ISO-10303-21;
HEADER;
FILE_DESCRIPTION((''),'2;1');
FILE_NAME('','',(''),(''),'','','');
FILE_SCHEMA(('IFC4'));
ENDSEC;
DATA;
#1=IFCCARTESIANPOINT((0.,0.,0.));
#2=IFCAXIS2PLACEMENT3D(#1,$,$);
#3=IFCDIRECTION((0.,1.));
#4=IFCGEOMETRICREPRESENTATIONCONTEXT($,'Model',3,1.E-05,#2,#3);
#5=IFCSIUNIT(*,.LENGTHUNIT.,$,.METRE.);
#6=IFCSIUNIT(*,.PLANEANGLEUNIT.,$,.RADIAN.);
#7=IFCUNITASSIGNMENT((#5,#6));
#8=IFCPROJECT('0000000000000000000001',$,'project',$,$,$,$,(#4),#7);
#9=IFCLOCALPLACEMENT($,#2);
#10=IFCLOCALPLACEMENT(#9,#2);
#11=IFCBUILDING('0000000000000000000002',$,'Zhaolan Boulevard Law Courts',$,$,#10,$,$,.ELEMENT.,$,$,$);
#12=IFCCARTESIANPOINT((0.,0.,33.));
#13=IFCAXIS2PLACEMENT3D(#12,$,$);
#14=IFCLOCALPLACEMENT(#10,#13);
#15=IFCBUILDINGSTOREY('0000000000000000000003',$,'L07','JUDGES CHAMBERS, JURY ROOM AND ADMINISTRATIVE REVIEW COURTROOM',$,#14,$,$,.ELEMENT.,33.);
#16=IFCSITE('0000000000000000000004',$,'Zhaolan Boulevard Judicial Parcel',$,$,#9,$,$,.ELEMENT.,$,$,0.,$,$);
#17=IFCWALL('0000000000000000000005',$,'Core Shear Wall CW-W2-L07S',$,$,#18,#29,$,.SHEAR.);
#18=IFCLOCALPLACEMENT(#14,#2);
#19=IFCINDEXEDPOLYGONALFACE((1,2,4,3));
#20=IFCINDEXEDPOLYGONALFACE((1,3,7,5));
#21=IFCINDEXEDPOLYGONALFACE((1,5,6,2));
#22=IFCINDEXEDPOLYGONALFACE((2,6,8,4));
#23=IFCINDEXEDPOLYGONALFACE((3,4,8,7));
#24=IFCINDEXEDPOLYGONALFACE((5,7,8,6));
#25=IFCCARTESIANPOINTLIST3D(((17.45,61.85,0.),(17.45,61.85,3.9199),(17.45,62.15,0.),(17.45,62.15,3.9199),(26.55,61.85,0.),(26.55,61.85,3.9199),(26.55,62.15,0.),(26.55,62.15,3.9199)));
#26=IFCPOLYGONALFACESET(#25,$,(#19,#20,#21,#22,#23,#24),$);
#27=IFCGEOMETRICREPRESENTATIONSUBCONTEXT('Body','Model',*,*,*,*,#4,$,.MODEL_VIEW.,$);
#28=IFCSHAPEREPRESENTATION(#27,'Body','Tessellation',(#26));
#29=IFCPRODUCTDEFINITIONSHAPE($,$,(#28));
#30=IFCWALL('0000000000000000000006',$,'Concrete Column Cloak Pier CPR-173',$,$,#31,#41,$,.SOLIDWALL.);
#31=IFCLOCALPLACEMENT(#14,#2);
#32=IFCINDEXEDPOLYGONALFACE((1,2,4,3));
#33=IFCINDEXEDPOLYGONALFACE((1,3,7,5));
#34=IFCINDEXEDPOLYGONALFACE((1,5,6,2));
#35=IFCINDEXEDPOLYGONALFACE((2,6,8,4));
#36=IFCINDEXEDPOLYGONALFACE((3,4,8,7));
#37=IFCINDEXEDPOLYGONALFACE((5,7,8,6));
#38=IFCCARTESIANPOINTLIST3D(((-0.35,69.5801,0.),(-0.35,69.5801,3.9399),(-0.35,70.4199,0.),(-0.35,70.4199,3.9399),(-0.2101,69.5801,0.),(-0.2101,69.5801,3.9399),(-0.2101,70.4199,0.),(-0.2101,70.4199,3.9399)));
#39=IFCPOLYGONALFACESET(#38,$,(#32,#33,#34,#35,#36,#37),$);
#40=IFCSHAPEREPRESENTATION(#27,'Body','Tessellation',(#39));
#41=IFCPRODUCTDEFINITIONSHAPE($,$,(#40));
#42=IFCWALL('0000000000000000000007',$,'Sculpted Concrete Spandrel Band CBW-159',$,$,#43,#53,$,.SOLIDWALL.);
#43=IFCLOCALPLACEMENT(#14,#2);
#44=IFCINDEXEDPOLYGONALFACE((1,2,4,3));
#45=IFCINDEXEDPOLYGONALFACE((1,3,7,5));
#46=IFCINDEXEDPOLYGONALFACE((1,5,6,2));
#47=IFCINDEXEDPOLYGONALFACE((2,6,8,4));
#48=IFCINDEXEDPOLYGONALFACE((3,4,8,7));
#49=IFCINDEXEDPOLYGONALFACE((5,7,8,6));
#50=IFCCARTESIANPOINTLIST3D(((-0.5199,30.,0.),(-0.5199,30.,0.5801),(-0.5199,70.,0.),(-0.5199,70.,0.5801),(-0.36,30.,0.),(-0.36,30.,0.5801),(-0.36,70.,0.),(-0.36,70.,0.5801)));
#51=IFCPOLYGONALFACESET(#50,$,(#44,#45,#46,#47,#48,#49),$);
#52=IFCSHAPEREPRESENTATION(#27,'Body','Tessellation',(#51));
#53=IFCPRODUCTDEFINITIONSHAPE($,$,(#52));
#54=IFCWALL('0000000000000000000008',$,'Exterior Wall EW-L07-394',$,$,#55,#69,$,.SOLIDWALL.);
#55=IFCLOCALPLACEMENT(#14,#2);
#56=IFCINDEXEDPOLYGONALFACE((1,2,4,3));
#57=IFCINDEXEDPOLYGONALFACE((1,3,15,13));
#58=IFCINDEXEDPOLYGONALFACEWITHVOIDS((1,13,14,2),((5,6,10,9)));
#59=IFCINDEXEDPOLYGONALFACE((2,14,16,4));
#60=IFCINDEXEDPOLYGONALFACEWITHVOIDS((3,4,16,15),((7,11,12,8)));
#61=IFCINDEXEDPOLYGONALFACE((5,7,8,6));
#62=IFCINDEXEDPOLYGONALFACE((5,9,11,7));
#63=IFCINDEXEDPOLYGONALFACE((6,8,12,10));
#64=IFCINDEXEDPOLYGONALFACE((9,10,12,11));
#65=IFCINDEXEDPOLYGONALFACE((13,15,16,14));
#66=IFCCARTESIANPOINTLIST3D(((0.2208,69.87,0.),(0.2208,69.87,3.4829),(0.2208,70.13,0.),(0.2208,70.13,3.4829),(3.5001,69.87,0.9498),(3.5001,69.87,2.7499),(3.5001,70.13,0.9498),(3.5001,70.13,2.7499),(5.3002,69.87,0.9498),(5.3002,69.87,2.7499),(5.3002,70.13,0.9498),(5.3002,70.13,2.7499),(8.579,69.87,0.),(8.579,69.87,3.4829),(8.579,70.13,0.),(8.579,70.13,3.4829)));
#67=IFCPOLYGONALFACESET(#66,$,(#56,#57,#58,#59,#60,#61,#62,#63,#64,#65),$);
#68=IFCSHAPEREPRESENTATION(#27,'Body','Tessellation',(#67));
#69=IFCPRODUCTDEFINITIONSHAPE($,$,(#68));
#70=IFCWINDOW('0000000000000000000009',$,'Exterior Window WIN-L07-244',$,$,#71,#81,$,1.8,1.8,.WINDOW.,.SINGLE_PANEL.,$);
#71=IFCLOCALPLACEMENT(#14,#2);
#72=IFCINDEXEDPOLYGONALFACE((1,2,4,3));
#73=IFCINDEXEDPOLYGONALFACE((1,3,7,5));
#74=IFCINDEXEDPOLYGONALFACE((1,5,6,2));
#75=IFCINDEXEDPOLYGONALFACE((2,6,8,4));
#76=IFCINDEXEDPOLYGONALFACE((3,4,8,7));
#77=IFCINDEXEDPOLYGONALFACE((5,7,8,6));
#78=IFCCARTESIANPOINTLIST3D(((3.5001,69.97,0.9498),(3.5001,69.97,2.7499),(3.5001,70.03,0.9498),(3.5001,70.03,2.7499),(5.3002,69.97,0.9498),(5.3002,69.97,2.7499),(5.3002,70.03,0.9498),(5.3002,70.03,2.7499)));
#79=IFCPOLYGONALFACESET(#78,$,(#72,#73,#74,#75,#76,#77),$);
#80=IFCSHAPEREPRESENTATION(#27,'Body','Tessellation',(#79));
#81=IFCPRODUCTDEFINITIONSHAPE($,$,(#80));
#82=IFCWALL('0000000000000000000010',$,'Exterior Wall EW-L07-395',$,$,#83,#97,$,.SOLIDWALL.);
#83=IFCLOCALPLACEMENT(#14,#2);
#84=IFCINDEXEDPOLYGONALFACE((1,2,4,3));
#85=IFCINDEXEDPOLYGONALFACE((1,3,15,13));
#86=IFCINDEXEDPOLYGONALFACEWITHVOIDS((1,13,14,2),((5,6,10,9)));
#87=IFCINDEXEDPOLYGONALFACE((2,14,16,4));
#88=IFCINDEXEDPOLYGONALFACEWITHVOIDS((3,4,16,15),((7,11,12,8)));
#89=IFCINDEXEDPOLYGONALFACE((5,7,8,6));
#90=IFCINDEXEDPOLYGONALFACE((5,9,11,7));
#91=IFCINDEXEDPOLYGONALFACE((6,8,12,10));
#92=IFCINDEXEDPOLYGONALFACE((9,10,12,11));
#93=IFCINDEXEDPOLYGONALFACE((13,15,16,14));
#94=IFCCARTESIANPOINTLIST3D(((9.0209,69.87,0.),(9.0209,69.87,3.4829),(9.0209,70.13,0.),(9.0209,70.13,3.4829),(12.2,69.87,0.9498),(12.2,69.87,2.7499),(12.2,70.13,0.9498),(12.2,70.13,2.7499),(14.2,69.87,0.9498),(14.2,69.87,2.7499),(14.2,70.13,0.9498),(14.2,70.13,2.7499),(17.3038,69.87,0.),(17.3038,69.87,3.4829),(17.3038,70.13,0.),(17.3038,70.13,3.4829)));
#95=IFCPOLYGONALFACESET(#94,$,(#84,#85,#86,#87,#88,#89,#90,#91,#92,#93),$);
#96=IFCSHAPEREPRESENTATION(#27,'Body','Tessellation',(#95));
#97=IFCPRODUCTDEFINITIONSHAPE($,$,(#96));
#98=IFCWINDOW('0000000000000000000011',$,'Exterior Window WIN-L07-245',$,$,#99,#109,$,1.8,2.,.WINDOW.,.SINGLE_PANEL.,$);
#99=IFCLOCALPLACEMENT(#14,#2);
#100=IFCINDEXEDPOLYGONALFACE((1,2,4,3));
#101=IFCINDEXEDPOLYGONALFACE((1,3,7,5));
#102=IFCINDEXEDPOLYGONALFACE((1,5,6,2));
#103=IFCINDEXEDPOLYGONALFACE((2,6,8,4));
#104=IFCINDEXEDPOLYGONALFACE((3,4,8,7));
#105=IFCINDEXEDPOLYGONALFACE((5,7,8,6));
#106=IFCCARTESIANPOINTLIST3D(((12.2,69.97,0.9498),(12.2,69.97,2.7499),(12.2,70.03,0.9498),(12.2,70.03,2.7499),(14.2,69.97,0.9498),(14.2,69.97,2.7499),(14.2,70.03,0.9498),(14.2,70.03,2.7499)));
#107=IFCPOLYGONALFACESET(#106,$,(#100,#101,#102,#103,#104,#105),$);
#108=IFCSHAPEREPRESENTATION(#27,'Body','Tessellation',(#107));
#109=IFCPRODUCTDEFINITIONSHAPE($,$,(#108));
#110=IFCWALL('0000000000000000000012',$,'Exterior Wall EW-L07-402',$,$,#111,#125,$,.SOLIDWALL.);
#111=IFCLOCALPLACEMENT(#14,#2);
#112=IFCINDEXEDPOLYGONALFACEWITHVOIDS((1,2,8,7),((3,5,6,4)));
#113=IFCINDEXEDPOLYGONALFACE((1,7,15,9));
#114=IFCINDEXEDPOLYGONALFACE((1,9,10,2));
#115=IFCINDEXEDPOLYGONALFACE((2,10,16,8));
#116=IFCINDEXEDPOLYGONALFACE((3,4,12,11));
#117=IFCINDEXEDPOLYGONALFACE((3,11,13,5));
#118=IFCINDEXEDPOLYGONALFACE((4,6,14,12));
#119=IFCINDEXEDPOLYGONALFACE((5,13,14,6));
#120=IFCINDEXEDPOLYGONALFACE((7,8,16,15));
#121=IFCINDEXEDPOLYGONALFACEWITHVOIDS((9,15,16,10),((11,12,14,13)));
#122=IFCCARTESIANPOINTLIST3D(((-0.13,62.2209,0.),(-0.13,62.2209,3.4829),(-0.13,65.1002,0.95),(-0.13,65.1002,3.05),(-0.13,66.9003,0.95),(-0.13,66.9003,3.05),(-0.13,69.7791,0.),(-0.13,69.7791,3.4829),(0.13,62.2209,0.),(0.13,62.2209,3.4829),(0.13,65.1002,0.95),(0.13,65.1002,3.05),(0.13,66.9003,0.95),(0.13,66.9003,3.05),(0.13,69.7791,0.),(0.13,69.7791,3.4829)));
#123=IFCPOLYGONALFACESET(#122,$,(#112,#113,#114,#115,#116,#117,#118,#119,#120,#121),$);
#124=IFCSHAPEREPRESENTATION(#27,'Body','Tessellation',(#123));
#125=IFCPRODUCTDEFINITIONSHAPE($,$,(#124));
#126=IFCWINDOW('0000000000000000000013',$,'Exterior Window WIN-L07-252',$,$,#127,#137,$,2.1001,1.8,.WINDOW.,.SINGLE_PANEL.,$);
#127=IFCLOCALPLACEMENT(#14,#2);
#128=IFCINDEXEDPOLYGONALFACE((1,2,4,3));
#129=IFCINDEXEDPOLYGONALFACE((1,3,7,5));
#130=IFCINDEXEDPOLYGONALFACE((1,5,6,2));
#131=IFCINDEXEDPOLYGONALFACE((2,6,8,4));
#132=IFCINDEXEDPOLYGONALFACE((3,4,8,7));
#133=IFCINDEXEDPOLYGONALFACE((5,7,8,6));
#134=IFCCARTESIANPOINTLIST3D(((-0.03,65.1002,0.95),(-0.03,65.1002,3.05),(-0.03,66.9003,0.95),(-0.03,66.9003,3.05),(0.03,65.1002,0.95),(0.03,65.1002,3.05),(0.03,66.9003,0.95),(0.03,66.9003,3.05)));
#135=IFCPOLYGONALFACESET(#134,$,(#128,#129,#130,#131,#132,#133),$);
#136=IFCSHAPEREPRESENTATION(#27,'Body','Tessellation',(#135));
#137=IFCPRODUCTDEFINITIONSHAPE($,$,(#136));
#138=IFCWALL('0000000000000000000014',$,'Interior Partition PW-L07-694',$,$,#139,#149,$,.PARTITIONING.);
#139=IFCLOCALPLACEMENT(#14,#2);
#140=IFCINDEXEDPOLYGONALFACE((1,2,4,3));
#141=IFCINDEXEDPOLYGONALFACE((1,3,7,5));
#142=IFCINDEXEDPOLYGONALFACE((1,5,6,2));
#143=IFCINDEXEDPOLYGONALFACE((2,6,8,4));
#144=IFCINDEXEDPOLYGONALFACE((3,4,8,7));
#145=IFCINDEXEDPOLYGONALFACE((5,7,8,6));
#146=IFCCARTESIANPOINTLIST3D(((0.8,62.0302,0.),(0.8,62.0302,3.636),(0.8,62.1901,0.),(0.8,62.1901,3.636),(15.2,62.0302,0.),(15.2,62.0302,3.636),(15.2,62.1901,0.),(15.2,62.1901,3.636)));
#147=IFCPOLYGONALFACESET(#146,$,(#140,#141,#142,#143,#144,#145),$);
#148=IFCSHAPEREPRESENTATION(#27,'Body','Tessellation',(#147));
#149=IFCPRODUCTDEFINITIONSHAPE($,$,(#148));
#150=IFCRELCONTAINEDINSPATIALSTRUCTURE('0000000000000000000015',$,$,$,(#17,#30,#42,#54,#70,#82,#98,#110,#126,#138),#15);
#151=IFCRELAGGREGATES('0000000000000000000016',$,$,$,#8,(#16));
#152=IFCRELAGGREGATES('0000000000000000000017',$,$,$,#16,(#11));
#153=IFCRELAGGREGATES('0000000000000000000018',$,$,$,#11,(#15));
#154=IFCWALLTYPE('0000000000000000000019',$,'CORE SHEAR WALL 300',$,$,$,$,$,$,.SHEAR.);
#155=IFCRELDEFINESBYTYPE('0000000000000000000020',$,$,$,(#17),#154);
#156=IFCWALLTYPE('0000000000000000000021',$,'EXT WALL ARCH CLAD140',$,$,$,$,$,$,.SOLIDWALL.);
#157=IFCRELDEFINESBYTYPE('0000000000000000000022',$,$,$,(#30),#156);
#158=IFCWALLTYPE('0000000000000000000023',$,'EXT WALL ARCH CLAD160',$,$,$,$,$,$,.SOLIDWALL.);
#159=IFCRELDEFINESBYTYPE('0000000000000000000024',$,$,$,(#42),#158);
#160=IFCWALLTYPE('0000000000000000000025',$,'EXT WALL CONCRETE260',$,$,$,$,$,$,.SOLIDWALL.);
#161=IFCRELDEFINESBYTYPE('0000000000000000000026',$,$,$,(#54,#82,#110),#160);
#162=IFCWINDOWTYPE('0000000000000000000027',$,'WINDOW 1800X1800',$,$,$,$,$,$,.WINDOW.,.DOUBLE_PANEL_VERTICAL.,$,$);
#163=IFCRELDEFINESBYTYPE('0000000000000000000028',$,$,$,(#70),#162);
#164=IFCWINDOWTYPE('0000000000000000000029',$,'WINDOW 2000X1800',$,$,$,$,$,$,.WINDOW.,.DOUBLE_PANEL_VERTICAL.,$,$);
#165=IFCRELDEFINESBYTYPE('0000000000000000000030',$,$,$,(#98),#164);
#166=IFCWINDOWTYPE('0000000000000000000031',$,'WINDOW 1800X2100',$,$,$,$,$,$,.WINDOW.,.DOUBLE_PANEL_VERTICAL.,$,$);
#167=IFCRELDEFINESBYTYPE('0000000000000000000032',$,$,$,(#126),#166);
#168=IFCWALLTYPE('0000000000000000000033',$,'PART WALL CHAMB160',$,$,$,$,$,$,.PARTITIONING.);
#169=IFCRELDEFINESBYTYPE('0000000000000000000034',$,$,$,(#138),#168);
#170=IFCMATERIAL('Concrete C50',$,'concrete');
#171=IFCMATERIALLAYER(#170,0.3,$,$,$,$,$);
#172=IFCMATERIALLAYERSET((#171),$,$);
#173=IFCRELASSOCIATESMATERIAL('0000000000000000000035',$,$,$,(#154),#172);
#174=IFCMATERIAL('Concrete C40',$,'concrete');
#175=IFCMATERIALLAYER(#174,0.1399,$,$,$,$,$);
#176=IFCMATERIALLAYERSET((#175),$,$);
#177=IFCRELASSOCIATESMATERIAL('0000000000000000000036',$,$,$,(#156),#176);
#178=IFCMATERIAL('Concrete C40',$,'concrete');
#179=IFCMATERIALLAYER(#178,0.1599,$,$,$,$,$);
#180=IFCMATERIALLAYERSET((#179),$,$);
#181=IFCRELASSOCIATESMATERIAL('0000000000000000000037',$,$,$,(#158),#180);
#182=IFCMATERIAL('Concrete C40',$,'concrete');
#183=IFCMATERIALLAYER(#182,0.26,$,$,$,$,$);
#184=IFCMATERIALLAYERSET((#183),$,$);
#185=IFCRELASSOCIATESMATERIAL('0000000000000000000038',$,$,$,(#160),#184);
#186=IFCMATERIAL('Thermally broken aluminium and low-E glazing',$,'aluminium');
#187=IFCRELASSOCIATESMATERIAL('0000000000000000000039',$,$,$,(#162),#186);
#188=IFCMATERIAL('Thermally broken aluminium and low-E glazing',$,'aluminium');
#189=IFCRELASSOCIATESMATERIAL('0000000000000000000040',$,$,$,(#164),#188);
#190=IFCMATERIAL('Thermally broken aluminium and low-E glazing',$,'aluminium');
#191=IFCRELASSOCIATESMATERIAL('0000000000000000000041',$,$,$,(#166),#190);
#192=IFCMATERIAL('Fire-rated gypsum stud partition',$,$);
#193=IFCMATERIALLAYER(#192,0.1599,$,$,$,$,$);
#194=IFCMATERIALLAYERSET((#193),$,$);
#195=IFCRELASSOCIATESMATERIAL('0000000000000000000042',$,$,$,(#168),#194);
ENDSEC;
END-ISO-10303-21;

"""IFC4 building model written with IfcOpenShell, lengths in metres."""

from ifc_helpers import new_model, si_unit, direction, frame, frame_2d, origin, place, context, subcontext, project, spatial, rectangle, extrude, material, layer, layer_set, type_object, element, fill, save


model = new_model("IFC4")

# Units and contexts
model_context = context("Model", 3, precision=1e-05, world=origin(), true_north=direction((0.0, 1.0)))
body_context = subcontext(model_context, "Body", "Model", "MODEL_VIEW")
ifc_project = project(units=[si_unit("LENGTHUNIT", "METRE"), si_unit("PLANEANGLEUNIT", "RADIAN")], contexts=[model_context])

# Site, building, storey
site_placement = place(None, origin())
site = spatial("IfcSite", under=ifc_project, at=site_placement, Name="Zhaolan Boulevard Judicial Parcel", CompositionType="ELEMENT", RefElevation=0.0)
building_placement = place(site_placement, origin())
building = spatial("IfcBuilding", under=site, at=building_placement, Name="Zhaolan Boulevard Law Courts", CompositionType="ELEMENT")
storey_placement = place(building_placement, frame((0.0, 0.0, 33.0)))
storey = spatial("IfcBuildingStorey", under=building, at=storey_placement, Name="L07", Description="JUDGES CHAMBERS, JURY ROOM AND ADMINISTRATIVE REVIEW COURTROOM", CompositionType="ELEMENT", Elevation=33.0)

# Walls
ifc_material_1 = material(Name="Concrete C50", Category="concrete")
ifc_layer_1 = layer(ifc_material_1, 0.3)
ifc_layer_set_1 = layer_set([ifc_layer_1])
wall_type_1 = type_object("IfcWallType", Name="CORE SHEAR WALL 300", PredefinedType="SHEAR", material=ifc_layer_set_1)
wall_1_placement = place(storey_placement, frame((17.45, 62.0, 0.0), z_axis=(0.0, 0.0, 1.0), x_axis=(1.0, 0.0, 0.0)))
element("IfcWall", 1, at=wall_1_placement, inside=storey, type_object=wall_type_1, Name="Core Shear Wall CW-W2-L07S", PredefinedType="SHEAR", context=body_context, shape_type="SweptSolid", body=[
    extrude(rectangle(XDim=9.1001, YDim=0.3, at=frame_2d((4.55, 0.0))), origin(), (0.0, 0.0, 1.0), 3.9199),
])
ifc_material_2 = material(Name="Concrete C40", Category="concrete")
ifc_layer_2 = layer(ifc_material_2, 0.1399)
ifc_layer_set_2 = layer_set([ifc_layer_2])
wall_type_2 = type_object("IfcWallType", Name="EXT WALL ARCH CLAD140", PredefinedType="SOLIDWALL", material=ifc_layer_set_2)
wall_2_placement = place(storey_placement, frame((-0.28, 69.5801, 0.0), z_axis=(0.0, 0.0, 1.0), x_axis=(0.0, 1.0, 0.0)))
element("IfcWall", 2, at=wall_2_placement, inside=storey, type_object=wall_type_2, Name="Concrete Column Cloak Pier CPR-173", PredefinedType="SOLIDWALL", context=body_context, shape_type="SweptSolid", body=[
    extrude(rectangle(XDim=0.8398, YDim=0.1399, at=frame_2d((0.4199, 0.0))), origin(), (0.0, 0.0, 1.0), 3.9399),
])
ifc_material_3 = material(Name="Concrete C40", Category="concrete")
ifc_layer_3 = layer(ifc_material_3, 0.1599)
ifc_layer_set_3 = layer_set([ifc_layer_3])
wall_type_3 = type_object("IfcWallType", Name="EXT WALL ARCH CLAD160", PredefinedType="SOLIDWALL", material=ifc_layer_set_3)
wall_3_placement = place(storey_placement, frame((-0.4399, 70.0, 0.0), z_axis=(0.0, 0.0, 1.0), x_axis=(0.0, -1.0, 0.0)))
element("IfcWall", 3, at=wall_3_placement, inside=storey, type_object=wall_type_3, Name="Sculpted Concrete Spandrel Band CBW-159", PredefinedType="SOLIDWALL", context=body_context, shape_type="SweptSolid", body=[
    extrude(rectangle(XDim=40.0, YDim=0.1599, at=frame_2d((20.0, 0.0))), origin(), (0.0, 0.0, 1.0), 0.5801),
])

# Walls, openings, windows
ifc_material_4 = material(Name="Concrete C40", Category="concrete")
ifc_layer_4 = layer(ifc_material_4, 0.26)
ifc_layer_set_4 = layer_set([ifc_layer_4])
wall_type_4 = type_object("IfcWallType", Name="EXT WALL CONCRETE260", PredefinedType="SOLIDWALL", material=ifc_layer_set_4)
wall_4_placement = place(storey_placement, frame((8.5791, 70.0, 0.0), z_axis=(0.0, 0.0, 1.0), x_axis=(-1.0, 0.0, 0.0)))
wall_4 = element("IfcWall", 4, at=wall_4_placement, inside=storey, type_object=wall_type_4, Name="Exterior Wall EW-L07-394", PredefinedType="SOLIDWALL", context=body_context, shape_type="SweptSolid", body=[
    extrude(rectangle(XDim=8.3582, YDim=0.26, at=frame_2d((4.1792, 0.0))), origin(), (0.0, 0.0, 1.0), 3.4829),
])
opening_1_placement = place(wall_4_placement, frame((3.2791, 0.0, 0.95)))
opening_1 = element("IfcOpeningElement", 5, at=opening_1_placement, cuts=wall_4, PredefinedType="OPENING", context=body_context, shape_type="SweptSolid", body=[
    extrude(rectangle(XDim=1.8, YDim=1.8, at=frame_2d((0.8999, 0.8999))), frame((0.0, 0.1399, 0.0), z_axis=(0.0, -1.0, 0.0), x_axis=(1.0, 0.0, 0.0)), (0.0, 0.0, 1.0), 0.28),
])
ifc_material_5 = material(Name="Thermally broken aluminium and low-E glazing", Category="aluminium")
window_type_1 = type_object("IfcWindowType", Name="WINDOW 1800X1800", PartitioningType="DOUBLE_PANEL_VERTICAL", PredefinedType="WINDOW", material=ifc_material_5)
window_1_placement = place(opening_1_placement, origin())
window_1 = element("IfcWindow", 6, at=window_1_placement, inside=storey, type_object=window_type_1, Name="Exterior Window WIN-L07-244", OverallHeight=1.8, OverallWidth=1.8, PartitioningType="SINGLE_PANEL", PredefinedType="WINDOW", context=body_context, shape_type="SweptSolid", body=[
    extrude(rectangle(XDim=1.8, YDim=1.8, at=frame_2d((0.8999, 0.8999))), frame((0.0, 0.03, 0.0), z_axis=(0.0, -1.0, 0.0), x_axis=(1.0, 0.0, 0.0)), (0.0, 0.0, 1.0), 0.0601),
])
fill(opening_1, window_1)
wall_5_placement = place(storey_placement, frame((17.304, 70.0, 0.0), z_axis=(0.0, 0.0, 1.0), x_axis=(-1.0, 0.0, 0.0)))
wall_5 = element("IfcWall", 7, at=wall_5_placement, inside=storey, type_object=wall_type_4, Name="Exterior Wall EW-L07-395", PredefinedType="SOLIDWALL", context=body_context, shape_type="SweptSolid", body=[
    extrude(rectangle(XDim=8.283, YDim=0.26, at=frame_2d((4.1416, 0.0))), origin(), (0.0, 0.0, 1.0), 3.4829),
])
opening_2_placement = place(wall_5_placement, frame((3.104, 0.0, 0.95)))
opening_2 = element("IfcOpeningElement", 8, at=opening_2_placement, cuts=wall_5, PredefinedType="OPENING", context=body_context, shape_type="SweptSolid", body=[
    extrude(rectangle(XDim=2.0, YDim=1.8, at=frame_2d((1.0, 0.8999))), frame((0.0, 0.1399, 0.0), z_axis=(0.0, -1.0, 0.0), x_axis=(1.0, 0.0, 0.0)), (0.0, 0.0, 1.0), 0.28),
])
ifc_material_6 = material(Name="Thermally broken aluminium and low-E glazing", Category="aluminium")
window_type_2 = type_object("IfcWindowType", Name="WINDOW 2000X1800", PartitioningType="DOUBLE_PANEL_VERTICAL", PredefinedType="WINDOW", material=ifc_material_6)
window_2_placement = place(opening_2_placement, origin())
window_2 = element("IfcWindow", 9, at=window_2_placement, inside=storey, type_object=window_type_2, Name="Exterior Window WIN-L07-245", OverallHeight=1.8, OverallWidth=2.0, PartitioningType="SINGLE_PANEL", PredefinedType="WINDOW", context=body_context, shape_type="SweptSolid", body=[
    extrude(rectangle(XDim=2.0, YDim=1.8, at=frame_2d((1.0, 0.8999))), frame((0.0, 0.03, 0.0), z_axis=(0.0, -1.0, 0.0), x_axis=(1.0, 0.0, 0.0)), (0.0, 0.0, 1.0), 0.0601),
])
fill(opening_2, window_2)
wall_6_placement = place(storey_placement, frame((0.0, 69.7791, 0.0), z_axis=(0.0, 0.0, 1.0), x_axis=(0.0, -1.0, 0.0)))
wall_6 = element("IfcWall", 10, at=wall_6_placement, inside=storey, type_object=wall_type_4, Name="Exterior Wall EW-L07-402", PredefinedType="SOLIDWALL", context=body_context, shape_type="SweptSolid", body=[
    extrude(rectangle(XDim=7.5581, YDim=0.26, at=frame_2d((3.7791, 0.0))), origin(), (0.0, 0.0, 1.0), 3.4829),
])
opening_3_placement = place(wall_6_placement, frame((2.8789, 0.0, 0.95)))
opening_3 = element("IfcOpeningElement", 11, at=opening_3_placement, cuts=wall_6, PredefinedType="OPENING", context=body_context, shape_type="SweptSolid", body=[
    extrude(rectangle(XDim=1.8, YDim=2.1001, at=frame_2d((0.8999, 1.05))), frame((0.0, 0.1399, 0.0), z_axis=(0.0, -1.0, 0.0), x_axis=(1.0, 0.0, 0.0)), (0.0, 0.0, 1.0), 0.28),
])
ifc_material_7 = material(Name="Thermally broken aluminium and low-E glazing", Category="aluminium")
window_type_3 = type_object("IfcWindowType", Name="WINDOW 1800X2100", PartitioningType="DOUBLE_PANEL_VERTICAL", PredefinedType="WINDOW", material=ifc_material_7)
window_3_placement = place(opening_3_placement, origin())
window_3 = element("IfcWindow", 12, at=window_3_placement, inside=storey, type_object=window_type_3, Name="Exterior Window WIN-L07-252", OverallHeight=2.1001, OverallWidth=1.8, PartitioningType="SINGLE_PANEL", PredefinedType="WINDOW", context=body_context, shape_type="SweptSolid", body=[
    extrude(rectangle(XDim=1.8, YDim=2.1001, at=frame_2d((0.8999, 1.05))), frame((0.0, 0.03, 0.0), z_axis=(0.0, -1.0, 0.0), x_axis=(1.0, 0.0, 0.0)), (0.0, 0.0, 1.0), 0.0601),
])
fill(opening_3, window_3)

# Wall
ifc_material_8 = material(Name="Fire-rated gypsum stud partition")
ifc_layer_5 = layer(ifc_material_8, 0.1599)
ifc_layer_set_5 = layer_set([ifc_layer_5])
wall_type_5 = type_object("IfcWallType", Name="PART WALL CHAMB160", PredefinedType="PARTITIONING", material=ifc_layer_set_5)
wall_7_placement = place(storey_placement, frame((0.8, 62.1101, 0.0), z_axis=(0.0, 0.0, 1.0), x_axis=(1.0, 0.0, 0.0)))
element("IfcWall", 13, at=wall_7_placement, inside=storey, type_object=wall_type_5, Name="Interior Partition PW-L07-694", PredefinedType="PARTITIONING", context=body_context, shape_type="SweptSolid", body=[
    extrude(rectangle(XDim=14.3999, YDim=0.1599, at=frame_2d((7.2, 0.0))), origin(), (0.0, 0.0, 1.0), 3.636),
])

save(model, "model.ifc")
